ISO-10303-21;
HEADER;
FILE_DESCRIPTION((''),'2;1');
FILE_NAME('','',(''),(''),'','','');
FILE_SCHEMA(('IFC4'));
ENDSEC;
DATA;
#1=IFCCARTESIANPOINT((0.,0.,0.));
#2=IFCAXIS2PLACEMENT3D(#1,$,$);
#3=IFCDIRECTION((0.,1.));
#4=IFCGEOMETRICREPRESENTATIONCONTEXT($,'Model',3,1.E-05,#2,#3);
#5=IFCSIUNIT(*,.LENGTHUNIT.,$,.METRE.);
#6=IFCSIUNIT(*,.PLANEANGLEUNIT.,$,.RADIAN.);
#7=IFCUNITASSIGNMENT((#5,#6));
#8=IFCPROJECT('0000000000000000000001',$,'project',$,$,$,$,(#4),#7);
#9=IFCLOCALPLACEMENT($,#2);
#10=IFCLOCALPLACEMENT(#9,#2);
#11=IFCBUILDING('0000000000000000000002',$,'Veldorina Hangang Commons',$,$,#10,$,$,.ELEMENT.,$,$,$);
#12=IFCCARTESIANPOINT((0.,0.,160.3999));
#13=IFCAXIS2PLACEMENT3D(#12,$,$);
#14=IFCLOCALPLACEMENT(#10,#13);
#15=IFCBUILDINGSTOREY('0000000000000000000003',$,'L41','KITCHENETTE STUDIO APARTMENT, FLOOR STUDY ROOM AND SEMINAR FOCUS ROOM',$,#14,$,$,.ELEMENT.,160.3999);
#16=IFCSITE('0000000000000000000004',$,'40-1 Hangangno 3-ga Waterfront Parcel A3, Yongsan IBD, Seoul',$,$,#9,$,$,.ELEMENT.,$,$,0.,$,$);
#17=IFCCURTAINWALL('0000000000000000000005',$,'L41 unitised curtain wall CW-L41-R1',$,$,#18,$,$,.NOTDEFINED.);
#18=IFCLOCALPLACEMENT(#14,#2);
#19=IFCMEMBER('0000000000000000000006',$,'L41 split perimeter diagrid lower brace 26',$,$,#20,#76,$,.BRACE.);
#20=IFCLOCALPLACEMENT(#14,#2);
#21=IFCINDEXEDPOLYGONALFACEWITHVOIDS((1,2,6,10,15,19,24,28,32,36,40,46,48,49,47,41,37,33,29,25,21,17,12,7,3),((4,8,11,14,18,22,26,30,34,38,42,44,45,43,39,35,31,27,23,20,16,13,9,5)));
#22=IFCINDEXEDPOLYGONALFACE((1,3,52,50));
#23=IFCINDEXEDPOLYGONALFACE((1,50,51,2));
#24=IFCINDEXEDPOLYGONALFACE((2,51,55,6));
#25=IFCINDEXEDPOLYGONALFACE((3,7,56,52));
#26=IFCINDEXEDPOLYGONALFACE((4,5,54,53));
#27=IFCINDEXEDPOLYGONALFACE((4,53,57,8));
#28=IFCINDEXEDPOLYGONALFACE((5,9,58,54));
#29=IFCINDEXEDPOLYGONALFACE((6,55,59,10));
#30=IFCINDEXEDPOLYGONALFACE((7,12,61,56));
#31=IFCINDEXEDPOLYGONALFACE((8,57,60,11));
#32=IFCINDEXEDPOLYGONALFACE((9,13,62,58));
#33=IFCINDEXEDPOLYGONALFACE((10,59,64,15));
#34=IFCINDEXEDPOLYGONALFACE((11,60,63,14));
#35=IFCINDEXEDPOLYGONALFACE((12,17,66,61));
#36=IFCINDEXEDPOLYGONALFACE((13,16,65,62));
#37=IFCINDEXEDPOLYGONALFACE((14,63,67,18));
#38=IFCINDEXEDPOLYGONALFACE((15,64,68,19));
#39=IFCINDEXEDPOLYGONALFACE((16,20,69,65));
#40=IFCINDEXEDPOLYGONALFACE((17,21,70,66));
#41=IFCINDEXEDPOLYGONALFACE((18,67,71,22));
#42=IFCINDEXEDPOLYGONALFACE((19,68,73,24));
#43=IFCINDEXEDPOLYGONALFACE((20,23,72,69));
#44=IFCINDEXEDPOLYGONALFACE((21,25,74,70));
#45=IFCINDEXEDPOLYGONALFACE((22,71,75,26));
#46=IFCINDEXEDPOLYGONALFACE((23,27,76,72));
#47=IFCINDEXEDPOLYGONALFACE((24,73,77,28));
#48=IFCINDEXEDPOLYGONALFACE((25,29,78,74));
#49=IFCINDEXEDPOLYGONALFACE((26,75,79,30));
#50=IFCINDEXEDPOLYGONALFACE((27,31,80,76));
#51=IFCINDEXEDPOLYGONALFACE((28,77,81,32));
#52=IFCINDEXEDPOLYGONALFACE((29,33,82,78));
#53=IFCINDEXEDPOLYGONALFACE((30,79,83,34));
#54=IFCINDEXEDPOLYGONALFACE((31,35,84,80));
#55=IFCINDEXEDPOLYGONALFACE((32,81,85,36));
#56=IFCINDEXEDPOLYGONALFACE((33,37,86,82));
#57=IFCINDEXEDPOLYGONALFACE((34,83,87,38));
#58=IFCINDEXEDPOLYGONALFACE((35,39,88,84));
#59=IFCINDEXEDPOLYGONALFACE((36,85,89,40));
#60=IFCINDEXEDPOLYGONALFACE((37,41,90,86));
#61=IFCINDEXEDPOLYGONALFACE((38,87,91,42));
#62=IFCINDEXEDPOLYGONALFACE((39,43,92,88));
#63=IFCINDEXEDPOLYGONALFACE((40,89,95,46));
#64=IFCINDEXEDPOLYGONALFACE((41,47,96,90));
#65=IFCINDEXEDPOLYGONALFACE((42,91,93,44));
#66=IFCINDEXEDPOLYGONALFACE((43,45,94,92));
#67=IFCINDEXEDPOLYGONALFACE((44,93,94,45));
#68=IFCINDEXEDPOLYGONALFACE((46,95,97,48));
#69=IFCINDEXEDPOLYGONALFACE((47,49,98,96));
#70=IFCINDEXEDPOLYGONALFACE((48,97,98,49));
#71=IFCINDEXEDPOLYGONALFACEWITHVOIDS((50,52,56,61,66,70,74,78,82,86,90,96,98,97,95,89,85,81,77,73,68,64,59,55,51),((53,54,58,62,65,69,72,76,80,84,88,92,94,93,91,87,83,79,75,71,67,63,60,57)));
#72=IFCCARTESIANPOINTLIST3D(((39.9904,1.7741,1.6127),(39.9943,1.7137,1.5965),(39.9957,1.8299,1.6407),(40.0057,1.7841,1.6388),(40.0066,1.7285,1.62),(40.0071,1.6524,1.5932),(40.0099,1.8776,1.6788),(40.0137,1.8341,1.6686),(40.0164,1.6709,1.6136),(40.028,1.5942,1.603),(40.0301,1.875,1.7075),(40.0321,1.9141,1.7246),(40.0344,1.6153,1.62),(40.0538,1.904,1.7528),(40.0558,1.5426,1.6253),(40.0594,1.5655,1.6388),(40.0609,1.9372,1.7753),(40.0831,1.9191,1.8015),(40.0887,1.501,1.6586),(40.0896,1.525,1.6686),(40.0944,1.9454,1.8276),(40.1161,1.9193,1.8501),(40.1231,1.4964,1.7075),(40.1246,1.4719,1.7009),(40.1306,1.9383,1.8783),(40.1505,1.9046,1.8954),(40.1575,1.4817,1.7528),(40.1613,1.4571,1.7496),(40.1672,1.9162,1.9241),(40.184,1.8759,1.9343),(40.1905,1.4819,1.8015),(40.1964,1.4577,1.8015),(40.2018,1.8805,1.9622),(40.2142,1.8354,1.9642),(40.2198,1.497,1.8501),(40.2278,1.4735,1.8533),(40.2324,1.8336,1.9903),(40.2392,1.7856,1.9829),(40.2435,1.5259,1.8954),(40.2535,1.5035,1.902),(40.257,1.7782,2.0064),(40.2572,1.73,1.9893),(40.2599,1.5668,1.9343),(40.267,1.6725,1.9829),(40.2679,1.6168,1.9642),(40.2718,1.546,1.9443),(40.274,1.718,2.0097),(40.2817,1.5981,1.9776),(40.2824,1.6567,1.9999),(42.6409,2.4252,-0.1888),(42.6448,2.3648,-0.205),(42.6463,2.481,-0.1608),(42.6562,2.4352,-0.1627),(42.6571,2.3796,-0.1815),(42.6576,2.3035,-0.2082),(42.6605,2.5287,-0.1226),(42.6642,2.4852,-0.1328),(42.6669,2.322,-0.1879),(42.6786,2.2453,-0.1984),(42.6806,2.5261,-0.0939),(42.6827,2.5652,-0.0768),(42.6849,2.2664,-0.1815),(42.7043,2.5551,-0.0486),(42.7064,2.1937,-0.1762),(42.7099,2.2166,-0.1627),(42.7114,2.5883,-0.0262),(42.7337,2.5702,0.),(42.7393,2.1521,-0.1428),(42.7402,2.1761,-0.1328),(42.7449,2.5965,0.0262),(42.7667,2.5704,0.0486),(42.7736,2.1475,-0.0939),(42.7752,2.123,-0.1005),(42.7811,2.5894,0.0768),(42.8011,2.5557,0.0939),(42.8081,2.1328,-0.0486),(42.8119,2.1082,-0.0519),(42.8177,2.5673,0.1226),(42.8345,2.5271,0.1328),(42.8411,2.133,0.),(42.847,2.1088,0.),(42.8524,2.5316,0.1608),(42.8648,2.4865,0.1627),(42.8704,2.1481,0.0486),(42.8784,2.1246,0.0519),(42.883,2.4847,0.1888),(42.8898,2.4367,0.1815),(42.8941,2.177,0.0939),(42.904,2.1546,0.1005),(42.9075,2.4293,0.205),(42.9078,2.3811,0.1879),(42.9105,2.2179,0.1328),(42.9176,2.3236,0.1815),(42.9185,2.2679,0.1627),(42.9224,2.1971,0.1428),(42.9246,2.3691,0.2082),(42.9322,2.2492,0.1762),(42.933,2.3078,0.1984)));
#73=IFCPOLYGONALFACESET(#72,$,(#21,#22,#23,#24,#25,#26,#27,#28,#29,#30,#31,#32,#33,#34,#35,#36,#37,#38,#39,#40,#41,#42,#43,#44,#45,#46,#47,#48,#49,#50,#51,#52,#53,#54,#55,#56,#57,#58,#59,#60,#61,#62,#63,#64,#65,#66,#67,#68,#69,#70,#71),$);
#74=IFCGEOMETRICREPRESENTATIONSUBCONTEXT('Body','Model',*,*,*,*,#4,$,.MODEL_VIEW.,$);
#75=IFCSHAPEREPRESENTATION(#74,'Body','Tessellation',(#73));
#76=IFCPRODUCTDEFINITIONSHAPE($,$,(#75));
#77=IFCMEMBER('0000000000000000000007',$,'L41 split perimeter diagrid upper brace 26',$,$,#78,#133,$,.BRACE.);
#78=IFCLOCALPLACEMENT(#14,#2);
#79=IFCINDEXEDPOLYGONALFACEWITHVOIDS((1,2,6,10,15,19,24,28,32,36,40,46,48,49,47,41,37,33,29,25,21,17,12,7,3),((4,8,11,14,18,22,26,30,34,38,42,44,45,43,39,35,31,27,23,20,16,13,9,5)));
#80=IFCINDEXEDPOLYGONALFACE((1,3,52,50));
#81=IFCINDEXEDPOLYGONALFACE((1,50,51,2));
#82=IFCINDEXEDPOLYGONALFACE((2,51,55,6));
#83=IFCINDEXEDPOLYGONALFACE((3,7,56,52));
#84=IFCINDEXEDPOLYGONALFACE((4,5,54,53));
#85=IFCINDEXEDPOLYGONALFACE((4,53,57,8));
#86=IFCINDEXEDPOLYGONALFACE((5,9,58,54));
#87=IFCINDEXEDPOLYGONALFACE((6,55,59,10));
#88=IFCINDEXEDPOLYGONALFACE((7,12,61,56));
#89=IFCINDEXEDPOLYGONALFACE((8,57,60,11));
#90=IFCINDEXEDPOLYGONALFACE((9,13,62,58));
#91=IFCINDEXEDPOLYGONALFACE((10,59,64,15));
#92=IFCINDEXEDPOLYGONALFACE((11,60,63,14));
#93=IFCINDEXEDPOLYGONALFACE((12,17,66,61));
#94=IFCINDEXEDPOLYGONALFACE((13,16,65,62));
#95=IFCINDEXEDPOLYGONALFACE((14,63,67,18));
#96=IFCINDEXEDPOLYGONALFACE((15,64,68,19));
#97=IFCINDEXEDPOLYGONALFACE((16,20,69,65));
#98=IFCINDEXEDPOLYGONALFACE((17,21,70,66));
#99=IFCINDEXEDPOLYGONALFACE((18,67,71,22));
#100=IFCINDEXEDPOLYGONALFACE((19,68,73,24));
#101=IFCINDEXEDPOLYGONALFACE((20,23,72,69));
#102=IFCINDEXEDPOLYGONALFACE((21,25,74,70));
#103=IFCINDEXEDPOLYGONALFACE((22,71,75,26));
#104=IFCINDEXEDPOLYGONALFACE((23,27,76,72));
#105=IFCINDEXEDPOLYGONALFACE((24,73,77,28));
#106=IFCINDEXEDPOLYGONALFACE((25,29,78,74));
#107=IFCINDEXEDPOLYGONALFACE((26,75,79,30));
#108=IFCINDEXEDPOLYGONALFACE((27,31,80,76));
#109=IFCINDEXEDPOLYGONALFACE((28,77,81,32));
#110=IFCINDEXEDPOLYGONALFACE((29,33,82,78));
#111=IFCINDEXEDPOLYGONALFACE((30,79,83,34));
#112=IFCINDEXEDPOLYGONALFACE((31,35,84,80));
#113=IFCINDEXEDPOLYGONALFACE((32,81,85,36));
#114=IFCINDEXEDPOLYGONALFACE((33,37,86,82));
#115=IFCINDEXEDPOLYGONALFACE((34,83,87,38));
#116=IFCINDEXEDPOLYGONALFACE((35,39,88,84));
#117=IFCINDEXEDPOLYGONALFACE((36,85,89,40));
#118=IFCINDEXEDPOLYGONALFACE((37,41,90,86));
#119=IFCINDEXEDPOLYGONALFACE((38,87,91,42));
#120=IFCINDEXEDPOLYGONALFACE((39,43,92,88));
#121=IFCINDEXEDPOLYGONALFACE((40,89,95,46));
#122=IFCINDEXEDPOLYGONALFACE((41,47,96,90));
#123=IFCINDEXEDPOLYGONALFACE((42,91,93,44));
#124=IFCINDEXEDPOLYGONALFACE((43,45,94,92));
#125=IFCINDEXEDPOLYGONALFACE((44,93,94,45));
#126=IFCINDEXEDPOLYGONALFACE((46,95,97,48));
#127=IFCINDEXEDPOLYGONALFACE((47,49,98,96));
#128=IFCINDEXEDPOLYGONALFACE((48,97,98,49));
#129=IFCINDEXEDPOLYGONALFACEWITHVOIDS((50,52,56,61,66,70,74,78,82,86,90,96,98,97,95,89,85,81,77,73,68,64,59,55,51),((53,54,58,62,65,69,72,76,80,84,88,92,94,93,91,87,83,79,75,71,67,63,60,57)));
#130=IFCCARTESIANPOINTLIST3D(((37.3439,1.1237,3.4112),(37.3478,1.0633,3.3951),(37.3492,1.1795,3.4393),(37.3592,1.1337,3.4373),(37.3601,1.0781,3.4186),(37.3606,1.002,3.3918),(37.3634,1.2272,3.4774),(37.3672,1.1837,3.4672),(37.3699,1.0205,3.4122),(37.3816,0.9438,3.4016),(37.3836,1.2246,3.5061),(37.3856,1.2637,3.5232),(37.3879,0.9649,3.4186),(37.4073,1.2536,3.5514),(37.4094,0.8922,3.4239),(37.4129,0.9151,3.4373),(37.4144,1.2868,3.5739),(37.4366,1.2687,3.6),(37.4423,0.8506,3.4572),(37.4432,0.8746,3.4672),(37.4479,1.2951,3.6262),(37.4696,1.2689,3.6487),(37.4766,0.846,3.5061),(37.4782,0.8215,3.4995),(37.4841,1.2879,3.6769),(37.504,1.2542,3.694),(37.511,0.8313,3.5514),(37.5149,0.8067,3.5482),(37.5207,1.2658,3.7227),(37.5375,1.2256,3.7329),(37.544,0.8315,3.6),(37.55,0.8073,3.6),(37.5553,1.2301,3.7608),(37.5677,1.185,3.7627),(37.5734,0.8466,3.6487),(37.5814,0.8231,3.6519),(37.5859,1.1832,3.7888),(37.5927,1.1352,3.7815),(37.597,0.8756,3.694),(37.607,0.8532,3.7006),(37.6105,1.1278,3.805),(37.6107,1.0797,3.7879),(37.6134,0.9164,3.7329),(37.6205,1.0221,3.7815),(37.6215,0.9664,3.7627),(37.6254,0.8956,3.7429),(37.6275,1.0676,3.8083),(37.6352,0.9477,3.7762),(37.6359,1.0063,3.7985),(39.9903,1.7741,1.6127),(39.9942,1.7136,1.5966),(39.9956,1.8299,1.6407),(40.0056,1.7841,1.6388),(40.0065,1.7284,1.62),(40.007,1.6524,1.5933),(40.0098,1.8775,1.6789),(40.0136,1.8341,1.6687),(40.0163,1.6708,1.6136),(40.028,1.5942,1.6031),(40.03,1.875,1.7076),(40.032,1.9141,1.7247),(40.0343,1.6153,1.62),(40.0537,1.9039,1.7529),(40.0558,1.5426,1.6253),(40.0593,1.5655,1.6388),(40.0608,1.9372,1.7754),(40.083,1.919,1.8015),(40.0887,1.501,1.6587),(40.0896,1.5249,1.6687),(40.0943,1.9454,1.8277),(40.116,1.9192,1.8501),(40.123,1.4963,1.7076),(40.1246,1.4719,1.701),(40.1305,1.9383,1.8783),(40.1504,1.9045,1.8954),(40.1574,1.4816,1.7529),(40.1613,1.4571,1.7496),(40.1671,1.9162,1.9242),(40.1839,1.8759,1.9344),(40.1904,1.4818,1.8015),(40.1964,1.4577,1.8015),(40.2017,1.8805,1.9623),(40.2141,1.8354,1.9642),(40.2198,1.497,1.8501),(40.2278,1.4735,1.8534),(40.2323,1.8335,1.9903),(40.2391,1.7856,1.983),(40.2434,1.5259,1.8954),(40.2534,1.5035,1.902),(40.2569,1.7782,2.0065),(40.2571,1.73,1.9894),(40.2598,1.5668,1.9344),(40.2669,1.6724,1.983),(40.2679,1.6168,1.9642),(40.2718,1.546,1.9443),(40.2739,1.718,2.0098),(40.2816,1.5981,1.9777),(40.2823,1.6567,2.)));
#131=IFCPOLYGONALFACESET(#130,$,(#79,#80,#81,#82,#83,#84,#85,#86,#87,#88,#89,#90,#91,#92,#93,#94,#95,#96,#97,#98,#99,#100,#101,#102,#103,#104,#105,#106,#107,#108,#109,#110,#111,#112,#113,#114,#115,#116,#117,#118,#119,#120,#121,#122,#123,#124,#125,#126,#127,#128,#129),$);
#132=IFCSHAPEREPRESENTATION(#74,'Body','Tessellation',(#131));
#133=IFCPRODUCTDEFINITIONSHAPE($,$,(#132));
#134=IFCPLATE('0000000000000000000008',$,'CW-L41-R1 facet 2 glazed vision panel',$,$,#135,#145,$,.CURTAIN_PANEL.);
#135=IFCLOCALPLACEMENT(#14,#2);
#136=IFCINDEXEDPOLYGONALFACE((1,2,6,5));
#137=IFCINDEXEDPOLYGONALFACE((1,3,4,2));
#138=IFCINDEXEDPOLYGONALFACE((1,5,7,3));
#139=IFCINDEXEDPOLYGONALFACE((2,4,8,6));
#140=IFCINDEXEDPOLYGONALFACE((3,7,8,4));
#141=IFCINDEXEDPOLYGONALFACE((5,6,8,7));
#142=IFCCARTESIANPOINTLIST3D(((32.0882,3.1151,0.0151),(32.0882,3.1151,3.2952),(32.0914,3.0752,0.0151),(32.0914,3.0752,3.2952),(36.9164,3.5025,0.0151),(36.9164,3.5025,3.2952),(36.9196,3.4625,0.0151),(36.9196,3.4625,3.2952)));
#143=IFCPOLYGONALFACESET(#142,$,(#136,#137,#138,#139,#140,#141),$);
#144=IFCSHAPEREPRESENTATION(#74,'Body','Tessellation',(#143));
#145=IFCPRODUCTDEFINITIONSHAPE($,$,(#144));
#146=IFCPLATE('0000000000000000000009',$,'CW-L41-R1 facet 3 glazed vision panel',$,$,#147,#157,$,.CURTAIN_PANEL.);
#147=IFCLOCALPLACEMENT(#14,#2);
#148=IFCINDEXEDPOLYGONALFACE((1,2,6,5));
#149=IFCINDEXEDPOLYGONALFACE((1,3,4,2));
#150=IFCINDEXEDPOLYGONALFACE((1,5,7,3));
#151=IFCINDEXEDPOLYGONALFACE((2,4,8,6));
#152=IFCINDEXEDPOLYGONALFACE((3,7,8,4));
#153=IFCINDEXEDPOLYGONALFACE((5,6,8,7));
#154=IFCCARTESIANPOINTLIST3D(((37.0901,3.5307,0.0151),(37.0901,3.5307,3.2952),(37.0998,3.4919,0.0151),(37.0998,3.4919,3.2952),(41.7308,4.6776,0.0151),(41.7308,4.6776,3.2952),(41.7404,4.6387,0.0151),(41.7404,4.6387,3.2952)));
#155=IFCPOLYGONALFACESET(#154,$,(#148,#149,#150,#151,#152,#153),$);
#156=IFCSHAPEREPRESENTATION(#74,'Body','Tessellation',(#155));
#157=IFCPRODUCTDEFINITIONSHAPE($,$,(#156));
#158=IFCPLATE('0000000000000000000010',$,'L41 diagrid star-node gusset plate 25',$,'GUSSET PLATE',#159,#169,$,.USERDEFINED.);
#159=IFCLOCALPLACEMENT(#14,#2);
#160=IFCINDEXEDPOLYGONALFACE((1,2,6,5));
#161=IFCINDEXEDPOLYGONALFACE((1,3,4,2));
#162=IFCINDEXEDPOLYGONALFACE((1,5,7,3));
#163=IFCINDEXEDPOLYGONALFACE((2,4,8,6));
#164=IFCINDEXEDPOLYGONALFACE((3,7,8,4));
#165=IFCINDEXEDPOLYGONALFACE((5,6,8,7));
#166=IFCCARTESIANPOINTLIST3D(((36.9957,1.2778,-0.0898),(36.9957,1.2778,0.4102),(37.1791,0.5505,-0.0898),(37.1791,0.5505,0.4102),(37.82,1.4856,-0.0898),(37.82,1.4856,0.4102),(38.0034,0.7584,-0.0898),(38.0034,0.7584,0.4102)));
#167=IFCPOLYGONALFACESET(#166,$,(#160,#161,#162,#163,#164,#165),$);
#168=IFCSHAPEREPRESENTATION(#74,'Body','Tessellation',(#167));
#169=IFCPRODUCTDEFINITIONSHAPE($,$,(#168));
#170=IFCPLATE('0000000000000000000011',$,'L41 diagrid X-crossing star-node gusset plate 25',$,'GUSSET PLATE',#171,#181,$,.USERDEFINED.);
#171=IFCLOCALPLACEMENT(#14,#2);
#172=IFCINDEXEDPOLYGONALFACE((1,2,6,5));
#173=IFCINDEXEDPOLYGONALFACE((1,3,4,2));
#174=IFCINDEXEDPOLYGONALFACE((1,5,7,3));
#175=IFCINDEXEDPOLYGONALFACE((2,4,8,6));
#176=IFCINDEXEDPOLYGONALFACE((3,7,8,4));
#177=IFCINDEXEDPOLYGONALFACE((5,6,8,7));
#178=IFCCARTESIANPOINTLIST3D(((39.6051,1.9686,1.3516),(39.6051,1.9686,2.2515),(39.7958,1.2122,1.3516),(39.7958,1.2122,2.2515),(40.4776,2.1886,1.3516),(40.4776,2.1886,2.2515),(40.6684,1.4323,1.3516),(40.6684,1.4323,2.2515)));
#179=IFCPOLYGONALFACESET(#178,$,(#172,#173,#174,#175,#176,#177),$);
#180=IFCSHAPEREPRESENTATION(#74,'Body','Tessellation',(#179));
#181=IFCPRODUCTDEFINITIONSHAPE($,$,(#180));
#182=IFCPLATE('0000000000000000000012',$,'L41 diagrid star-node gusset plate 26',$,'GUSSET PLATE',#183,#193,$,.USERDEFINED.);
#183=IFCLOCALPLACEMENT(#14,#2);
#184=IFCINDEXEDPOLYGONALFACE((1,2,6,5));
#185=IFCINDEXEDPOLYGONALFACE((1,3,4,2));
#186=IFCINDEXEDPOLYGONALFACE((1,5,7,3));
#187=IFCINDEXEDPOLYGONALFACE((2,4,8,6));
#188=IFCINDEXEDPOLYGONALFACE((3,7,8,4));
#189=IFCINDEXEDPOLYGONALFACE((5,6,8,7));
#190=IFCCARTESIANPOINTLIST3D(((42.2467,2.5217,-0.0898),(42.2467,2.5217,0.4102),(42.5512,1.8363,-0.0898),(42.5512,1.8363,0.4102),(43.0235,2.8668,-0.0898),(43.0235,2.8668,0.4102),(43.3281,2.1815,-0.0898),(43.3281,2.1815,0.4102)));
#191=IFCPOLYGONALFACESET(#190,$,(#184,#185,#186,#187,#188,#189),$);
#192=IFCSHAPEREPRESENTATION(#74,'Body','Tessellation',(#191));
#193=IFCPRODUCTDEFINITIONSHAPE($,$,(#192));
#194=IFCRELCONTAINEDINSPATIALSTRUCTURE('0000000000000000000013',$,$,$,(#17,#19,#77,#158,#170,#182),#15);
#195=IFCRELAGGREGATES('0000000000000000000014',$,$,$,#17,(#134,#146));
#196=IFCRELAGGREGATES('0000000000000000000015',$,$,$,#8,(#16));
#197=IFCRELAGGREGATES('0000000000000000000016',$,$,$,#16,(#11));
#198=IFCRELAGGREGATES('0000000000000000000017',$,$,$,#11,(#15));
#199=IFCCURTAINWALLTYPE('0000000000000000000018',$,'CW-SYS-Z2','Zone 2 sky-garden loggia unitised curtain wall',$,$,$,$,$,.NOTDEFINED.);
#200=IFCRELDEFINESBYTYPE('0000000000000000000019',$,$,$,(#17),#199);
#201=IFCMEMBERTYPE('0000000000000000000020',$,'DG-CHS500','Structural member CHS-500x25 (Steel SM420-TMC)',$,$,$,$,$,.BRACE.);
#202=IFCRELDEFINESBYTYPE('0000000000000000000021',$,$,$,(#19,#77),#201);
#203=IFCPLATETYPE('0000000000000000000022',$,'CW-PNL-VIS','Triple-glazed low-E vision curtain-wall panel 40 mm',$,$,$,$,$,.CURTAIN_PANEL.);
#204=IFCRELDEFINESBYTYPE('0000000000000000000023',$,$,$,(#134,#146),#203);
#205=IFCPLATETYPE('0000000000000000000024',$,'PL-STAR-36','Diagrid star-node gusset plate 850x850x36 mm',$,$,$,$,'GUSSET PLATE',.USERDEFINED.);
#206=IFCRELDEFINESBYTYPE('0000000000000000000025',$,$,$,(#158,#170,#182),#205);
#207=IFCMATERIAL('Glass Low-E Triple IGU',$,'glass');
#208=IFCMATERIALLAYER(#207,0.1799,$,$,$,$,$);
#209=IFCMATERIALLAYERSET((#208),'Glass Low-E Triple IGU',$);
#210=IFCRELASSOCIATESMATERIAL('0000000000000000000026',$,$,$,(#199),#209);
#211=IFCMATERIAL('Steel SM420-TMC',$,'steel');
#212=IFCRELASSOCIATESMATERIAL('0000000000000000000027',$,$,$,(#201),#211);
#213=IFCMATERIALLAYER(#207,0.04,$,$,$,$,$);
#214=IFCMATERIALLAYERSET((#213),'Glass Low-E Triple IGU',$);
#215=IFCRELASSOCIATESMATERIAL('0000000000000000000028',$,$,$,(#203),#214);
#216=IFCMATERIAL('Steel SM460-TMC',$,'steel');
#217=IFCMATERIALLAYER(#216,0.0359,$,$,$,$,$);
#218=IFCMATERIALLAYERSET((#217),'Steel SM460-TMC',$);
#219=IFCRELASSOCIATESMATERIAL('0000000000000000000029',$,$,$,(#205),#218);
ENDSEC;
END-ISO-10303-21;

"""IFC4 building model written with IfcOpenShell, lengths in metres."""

from ifc_helpers import new_model, si_unit, direction, frame, origin, origin_2d, place, context, subcontext, project, spatial, rectangle, hollow_circle, extrude, material, layer, layer_set, material_profile, profile_set, type_object, element, aggregate, save


model = new_model("IFC4")

# Units and contexts
model_context = context("Model", 3, precision=1e-05, world=origin(), true_north=direction((0.0, 1.0)))
body_context = subcontext(model_context, "Body", "Model", "MODEL_VIEW")
ifc_project = project(units=[si_unit("LENGTHUNIT", "METRE"), si_unit("PLANEANGLEUNIT", "RADIAN")], contexts=[model_context])

# Site, building, storey
site_placement = place(None, origin())
site = spatial("IfcSite", under=ifc_project, at=site_placement, Name="40-1 Hangangno 3-ga Waterfront Parcel A3, Yongsan IBD, Seoul", CompositionType="ELEMENT", RefElevation=0.0)
building_placement = place(site_placement, origin())
building = spatial("IfcBuilding", under=site, at=building_placement, Name="Veldorina Hangang Commons", CompositionType="ELEMENT")
storey_placement = place(building_placement, frame((0.0, 0.0, 160.3999)))
storey = spatial("IfcBuildingStorey", under=building, at=storey_placement, Name="L41", Description="KITCHENETTE STUDIO APARTMENT, FLOOR STUDY ROOM AND SEMINAR FOCUS ROOM", CompositionType="ELEMENT", Elevation=160.3999)

# Shared definitions
ifc_material_1 = material(Name="Steel SM420-TMC", Category="steel")

# Curtain wall
ifc_material_2 = material(Name="Glass Low-E Triple IGU", Category="glass")
ifc_layer_1 = layer(ifc_material_2, 0.1799)
ifc_layer_set_1 = layer_set([ifc_layer_1], Name="Glass Low-E Triple IGU")
curtain_wall_type = type_object("IfcCurtainWallType", Name="CW-SYS-Z2", Description="Zone 2 sky-garden loggia unitised curtain wall", PredefinedType="NOTDEFINED", material=ifc_layer_set_1)
curtain_wall_placement = place(storey_placement, origin())
curtain_wall = element("IfcCurtainWall", 1, at=curtain_wall_placement, inside=storey, type_object=curtain_wall_type, Name="L41 unitised curtain wall CW-L41-R1", PredefinedType="NOTDEFINED")

# Members
ifc_material_profile_1 = material_profile(ifc_material_1, hollow_circle(Radius=0.25, WallThickness=0.0249, at=origin_2d()), Name="CHS-500x25")
ifc_profile_set_1 = profile_set([ifc_material_profile_1], Name="Steel SM420-TMC")
member_type_1 = type_object("IfcMemberType", Name="DG-CHS500", Description="Structural member CHS-500x25 (Steel SM420-TMC)", PredefinedType="BRACE", material=ifc_profile_set_1)
member_1_placement = place(storey_placement, frame((42.7874, 2.3516, 0.0), z_axis=(-0.810502, -0.199098, 0.55086), x_axis=(0.238556, -0.971129, 0.0)))
element("IfcMember", 2, at=member_1_placement, inside=storey, type_object=member_type_1, Name="L41 split perimeter diagrid lower brace 26", PredefinedType="BRACE", context=body_context, shape_type="SweptSolid", body=[
    extrude(hollow_circle(Radius=0.25, WallThickness=0.0249, at=origin_2d()), origin(), (0.0, 0.0, 1.0), 3.2703),
])
member_2_placement = place(storey_placement, frame((40.1367, 1.7004, 1.8015), z_axis=(-0.810502, -0.199186, 0.550828), x_axis=(0.238655, -0.971104, 0.0)))
element("IfcMember", 3, at=member_2_placement, inside=storey, type_object=member_type_1, Name="L41 split perimeter diagrid upper brace 26", PredefinedType="BRACE", context=body_context, shape_type="SweptSolid", body=[
    extrude(hollow_circle(Radius=0.25, WallThickness=0.0249, at=origin_2d()), origin(), (0.0, 0.0, 1.0), 3.2651),
])

# Plates
ifc_layer_2 = layer(ifc_material_2, 0.04)
ifc_layer_set_2 = layer_set([ifc_layer_2], Name="Glass Low-E Triple IGU")
plate_type_1 = type_object("IfcPlateType", Name="CW-PNL-VIS", Description="Triple-glazed low-E vision curtain-wall panel 40 mm", PredefinedType="CURTAIN_PANEL", material=ifc_layer_set_2)
plate_1_placement = place(storey_placement, frame((34.5039, 3.2888, 0.0151), z_axis=(0.0, 0.0, 1.0), x_axis=(0.996797, 0.079973, 0.0)))
plate_1 = element("IfcPlate", 4, at=plate_1_placement, type_object=plate_type_1, Name="CW-L41-R1 facet 2 glazed vision panel", PredefinedType="CURTAIN_PANEL", context=body_context, shape_type="SweptSolid", body=[
    extrude(rectangle(XDim=4.8438, YDim=0.04, at=origin_2d()), origin(), (0.0, 0.0, 1.0), 3.28),
])
plate_2_placement = place(storey_placement, frame((39.4153, 4.0847, 0.0151), z_axis=(0.0, 0.0, 1.0), x_axis=(0.970796, 0.239906, 0.0)))
plate_2 = element("IfcPlate", 5, at=plate_2_placement, type_object=plate_type_1, Name="CW-L41-R1 facet 3 glazed vision panel", PredefinedType="CURTAIN_PANEL", context=body_context, shape_type="SweptSolid", body=[
    extrude(rectangle(XDim=4.7803, YDim=0.04, at=origin_2d()), origin(), (0.0, 0.0, 1.0), 3.28),
])
aggregate(curtain_wall, [plate_1, plate_2])

# Plates
ifc_material_3 = material(Name="Steel SM460-TMC", Category="steel")
ifc_layer_3 = layer(ifc_material_3, 0.0359)
ifc_layer_set_3 = layer_set([ifc_layer_3], Name="Steel SM460-TMC")
plate_type_2 = type_object("IfcPlateType", Name="PL-STAR-36", Description="Diagrid star-node gusset plate 850x850x36 mm", ElementType="GUSSET PLATE", PredefinedType="USERDEFINED", material=ifc_layer_set_3)
plate_3_placement = place(storey_placement, frame((37.4995, 1.0181, -0.0898), z_axis=(0.0, 0.0, 1.0), x_axis=(0.969646, 0.244512, 0.0)))
element("IfcPlate", 6, at=plate_3_placement, inside=storey, type_object=plate_type_2, Name="L41 diagrid star-node gusset plate 25", ObjectType="GUSSET PLATE", PredefinedType="USERDEFINED", context=body_context, shape_type="SweptSolid", body=[
    extrude(rectangle(XDim=0.8501, YDim=0.75, at=origin_2d()), origin(), (0.0, 0.0, 1.0), 0.5),
])
plate_4_placement = place(storey_placement, frame((40.1367, 1.7004, 1.3516), z_axis=(0.0, 0.0, 1.0), x_axis=(0.969646, 0.244512, 0.0)))
element("IfcPlate", 7, at=plate_4_placement, inside=storey, type_object=plate_type_2, Name="L41 diagrid X-crossing star-node gusset plate 25", ObjectType="GUSSET PLATE", PredefinedType="USERDEFINED", context=body_context, shape_type="SweptSolid", body=[
    extrude(rectangle(XDim=0.8999, YDim=0.78, at=origin_2d()), origin(), (0.0, 0.0, 1.0), 0.8999),
])
plate_5_placement = place(storey_placement, frame((42.7874, 2.3516, -0.0898), z_axis=(0.0, 0.0, 1.0), x_axis=(0.913858, 0.406035, 0.0)))
element("IfcPlate", 8, at=plate_5_placement, inside=storey, type_object=plate_type_2, Name="L41 diagrid star-node gusset plate 26", ObjectType="GUSSET PLATE", PredefinedType="USERDEFINED", context=body_context, shape_type="SweptSolid", body=[
    extrude(rectangle(XDim=0.8501, YDim=0.75, at=origin_2d()), origin(), (0.0, 0.0, 1.0), 0.5),
])

save(model, "model.ifc")
